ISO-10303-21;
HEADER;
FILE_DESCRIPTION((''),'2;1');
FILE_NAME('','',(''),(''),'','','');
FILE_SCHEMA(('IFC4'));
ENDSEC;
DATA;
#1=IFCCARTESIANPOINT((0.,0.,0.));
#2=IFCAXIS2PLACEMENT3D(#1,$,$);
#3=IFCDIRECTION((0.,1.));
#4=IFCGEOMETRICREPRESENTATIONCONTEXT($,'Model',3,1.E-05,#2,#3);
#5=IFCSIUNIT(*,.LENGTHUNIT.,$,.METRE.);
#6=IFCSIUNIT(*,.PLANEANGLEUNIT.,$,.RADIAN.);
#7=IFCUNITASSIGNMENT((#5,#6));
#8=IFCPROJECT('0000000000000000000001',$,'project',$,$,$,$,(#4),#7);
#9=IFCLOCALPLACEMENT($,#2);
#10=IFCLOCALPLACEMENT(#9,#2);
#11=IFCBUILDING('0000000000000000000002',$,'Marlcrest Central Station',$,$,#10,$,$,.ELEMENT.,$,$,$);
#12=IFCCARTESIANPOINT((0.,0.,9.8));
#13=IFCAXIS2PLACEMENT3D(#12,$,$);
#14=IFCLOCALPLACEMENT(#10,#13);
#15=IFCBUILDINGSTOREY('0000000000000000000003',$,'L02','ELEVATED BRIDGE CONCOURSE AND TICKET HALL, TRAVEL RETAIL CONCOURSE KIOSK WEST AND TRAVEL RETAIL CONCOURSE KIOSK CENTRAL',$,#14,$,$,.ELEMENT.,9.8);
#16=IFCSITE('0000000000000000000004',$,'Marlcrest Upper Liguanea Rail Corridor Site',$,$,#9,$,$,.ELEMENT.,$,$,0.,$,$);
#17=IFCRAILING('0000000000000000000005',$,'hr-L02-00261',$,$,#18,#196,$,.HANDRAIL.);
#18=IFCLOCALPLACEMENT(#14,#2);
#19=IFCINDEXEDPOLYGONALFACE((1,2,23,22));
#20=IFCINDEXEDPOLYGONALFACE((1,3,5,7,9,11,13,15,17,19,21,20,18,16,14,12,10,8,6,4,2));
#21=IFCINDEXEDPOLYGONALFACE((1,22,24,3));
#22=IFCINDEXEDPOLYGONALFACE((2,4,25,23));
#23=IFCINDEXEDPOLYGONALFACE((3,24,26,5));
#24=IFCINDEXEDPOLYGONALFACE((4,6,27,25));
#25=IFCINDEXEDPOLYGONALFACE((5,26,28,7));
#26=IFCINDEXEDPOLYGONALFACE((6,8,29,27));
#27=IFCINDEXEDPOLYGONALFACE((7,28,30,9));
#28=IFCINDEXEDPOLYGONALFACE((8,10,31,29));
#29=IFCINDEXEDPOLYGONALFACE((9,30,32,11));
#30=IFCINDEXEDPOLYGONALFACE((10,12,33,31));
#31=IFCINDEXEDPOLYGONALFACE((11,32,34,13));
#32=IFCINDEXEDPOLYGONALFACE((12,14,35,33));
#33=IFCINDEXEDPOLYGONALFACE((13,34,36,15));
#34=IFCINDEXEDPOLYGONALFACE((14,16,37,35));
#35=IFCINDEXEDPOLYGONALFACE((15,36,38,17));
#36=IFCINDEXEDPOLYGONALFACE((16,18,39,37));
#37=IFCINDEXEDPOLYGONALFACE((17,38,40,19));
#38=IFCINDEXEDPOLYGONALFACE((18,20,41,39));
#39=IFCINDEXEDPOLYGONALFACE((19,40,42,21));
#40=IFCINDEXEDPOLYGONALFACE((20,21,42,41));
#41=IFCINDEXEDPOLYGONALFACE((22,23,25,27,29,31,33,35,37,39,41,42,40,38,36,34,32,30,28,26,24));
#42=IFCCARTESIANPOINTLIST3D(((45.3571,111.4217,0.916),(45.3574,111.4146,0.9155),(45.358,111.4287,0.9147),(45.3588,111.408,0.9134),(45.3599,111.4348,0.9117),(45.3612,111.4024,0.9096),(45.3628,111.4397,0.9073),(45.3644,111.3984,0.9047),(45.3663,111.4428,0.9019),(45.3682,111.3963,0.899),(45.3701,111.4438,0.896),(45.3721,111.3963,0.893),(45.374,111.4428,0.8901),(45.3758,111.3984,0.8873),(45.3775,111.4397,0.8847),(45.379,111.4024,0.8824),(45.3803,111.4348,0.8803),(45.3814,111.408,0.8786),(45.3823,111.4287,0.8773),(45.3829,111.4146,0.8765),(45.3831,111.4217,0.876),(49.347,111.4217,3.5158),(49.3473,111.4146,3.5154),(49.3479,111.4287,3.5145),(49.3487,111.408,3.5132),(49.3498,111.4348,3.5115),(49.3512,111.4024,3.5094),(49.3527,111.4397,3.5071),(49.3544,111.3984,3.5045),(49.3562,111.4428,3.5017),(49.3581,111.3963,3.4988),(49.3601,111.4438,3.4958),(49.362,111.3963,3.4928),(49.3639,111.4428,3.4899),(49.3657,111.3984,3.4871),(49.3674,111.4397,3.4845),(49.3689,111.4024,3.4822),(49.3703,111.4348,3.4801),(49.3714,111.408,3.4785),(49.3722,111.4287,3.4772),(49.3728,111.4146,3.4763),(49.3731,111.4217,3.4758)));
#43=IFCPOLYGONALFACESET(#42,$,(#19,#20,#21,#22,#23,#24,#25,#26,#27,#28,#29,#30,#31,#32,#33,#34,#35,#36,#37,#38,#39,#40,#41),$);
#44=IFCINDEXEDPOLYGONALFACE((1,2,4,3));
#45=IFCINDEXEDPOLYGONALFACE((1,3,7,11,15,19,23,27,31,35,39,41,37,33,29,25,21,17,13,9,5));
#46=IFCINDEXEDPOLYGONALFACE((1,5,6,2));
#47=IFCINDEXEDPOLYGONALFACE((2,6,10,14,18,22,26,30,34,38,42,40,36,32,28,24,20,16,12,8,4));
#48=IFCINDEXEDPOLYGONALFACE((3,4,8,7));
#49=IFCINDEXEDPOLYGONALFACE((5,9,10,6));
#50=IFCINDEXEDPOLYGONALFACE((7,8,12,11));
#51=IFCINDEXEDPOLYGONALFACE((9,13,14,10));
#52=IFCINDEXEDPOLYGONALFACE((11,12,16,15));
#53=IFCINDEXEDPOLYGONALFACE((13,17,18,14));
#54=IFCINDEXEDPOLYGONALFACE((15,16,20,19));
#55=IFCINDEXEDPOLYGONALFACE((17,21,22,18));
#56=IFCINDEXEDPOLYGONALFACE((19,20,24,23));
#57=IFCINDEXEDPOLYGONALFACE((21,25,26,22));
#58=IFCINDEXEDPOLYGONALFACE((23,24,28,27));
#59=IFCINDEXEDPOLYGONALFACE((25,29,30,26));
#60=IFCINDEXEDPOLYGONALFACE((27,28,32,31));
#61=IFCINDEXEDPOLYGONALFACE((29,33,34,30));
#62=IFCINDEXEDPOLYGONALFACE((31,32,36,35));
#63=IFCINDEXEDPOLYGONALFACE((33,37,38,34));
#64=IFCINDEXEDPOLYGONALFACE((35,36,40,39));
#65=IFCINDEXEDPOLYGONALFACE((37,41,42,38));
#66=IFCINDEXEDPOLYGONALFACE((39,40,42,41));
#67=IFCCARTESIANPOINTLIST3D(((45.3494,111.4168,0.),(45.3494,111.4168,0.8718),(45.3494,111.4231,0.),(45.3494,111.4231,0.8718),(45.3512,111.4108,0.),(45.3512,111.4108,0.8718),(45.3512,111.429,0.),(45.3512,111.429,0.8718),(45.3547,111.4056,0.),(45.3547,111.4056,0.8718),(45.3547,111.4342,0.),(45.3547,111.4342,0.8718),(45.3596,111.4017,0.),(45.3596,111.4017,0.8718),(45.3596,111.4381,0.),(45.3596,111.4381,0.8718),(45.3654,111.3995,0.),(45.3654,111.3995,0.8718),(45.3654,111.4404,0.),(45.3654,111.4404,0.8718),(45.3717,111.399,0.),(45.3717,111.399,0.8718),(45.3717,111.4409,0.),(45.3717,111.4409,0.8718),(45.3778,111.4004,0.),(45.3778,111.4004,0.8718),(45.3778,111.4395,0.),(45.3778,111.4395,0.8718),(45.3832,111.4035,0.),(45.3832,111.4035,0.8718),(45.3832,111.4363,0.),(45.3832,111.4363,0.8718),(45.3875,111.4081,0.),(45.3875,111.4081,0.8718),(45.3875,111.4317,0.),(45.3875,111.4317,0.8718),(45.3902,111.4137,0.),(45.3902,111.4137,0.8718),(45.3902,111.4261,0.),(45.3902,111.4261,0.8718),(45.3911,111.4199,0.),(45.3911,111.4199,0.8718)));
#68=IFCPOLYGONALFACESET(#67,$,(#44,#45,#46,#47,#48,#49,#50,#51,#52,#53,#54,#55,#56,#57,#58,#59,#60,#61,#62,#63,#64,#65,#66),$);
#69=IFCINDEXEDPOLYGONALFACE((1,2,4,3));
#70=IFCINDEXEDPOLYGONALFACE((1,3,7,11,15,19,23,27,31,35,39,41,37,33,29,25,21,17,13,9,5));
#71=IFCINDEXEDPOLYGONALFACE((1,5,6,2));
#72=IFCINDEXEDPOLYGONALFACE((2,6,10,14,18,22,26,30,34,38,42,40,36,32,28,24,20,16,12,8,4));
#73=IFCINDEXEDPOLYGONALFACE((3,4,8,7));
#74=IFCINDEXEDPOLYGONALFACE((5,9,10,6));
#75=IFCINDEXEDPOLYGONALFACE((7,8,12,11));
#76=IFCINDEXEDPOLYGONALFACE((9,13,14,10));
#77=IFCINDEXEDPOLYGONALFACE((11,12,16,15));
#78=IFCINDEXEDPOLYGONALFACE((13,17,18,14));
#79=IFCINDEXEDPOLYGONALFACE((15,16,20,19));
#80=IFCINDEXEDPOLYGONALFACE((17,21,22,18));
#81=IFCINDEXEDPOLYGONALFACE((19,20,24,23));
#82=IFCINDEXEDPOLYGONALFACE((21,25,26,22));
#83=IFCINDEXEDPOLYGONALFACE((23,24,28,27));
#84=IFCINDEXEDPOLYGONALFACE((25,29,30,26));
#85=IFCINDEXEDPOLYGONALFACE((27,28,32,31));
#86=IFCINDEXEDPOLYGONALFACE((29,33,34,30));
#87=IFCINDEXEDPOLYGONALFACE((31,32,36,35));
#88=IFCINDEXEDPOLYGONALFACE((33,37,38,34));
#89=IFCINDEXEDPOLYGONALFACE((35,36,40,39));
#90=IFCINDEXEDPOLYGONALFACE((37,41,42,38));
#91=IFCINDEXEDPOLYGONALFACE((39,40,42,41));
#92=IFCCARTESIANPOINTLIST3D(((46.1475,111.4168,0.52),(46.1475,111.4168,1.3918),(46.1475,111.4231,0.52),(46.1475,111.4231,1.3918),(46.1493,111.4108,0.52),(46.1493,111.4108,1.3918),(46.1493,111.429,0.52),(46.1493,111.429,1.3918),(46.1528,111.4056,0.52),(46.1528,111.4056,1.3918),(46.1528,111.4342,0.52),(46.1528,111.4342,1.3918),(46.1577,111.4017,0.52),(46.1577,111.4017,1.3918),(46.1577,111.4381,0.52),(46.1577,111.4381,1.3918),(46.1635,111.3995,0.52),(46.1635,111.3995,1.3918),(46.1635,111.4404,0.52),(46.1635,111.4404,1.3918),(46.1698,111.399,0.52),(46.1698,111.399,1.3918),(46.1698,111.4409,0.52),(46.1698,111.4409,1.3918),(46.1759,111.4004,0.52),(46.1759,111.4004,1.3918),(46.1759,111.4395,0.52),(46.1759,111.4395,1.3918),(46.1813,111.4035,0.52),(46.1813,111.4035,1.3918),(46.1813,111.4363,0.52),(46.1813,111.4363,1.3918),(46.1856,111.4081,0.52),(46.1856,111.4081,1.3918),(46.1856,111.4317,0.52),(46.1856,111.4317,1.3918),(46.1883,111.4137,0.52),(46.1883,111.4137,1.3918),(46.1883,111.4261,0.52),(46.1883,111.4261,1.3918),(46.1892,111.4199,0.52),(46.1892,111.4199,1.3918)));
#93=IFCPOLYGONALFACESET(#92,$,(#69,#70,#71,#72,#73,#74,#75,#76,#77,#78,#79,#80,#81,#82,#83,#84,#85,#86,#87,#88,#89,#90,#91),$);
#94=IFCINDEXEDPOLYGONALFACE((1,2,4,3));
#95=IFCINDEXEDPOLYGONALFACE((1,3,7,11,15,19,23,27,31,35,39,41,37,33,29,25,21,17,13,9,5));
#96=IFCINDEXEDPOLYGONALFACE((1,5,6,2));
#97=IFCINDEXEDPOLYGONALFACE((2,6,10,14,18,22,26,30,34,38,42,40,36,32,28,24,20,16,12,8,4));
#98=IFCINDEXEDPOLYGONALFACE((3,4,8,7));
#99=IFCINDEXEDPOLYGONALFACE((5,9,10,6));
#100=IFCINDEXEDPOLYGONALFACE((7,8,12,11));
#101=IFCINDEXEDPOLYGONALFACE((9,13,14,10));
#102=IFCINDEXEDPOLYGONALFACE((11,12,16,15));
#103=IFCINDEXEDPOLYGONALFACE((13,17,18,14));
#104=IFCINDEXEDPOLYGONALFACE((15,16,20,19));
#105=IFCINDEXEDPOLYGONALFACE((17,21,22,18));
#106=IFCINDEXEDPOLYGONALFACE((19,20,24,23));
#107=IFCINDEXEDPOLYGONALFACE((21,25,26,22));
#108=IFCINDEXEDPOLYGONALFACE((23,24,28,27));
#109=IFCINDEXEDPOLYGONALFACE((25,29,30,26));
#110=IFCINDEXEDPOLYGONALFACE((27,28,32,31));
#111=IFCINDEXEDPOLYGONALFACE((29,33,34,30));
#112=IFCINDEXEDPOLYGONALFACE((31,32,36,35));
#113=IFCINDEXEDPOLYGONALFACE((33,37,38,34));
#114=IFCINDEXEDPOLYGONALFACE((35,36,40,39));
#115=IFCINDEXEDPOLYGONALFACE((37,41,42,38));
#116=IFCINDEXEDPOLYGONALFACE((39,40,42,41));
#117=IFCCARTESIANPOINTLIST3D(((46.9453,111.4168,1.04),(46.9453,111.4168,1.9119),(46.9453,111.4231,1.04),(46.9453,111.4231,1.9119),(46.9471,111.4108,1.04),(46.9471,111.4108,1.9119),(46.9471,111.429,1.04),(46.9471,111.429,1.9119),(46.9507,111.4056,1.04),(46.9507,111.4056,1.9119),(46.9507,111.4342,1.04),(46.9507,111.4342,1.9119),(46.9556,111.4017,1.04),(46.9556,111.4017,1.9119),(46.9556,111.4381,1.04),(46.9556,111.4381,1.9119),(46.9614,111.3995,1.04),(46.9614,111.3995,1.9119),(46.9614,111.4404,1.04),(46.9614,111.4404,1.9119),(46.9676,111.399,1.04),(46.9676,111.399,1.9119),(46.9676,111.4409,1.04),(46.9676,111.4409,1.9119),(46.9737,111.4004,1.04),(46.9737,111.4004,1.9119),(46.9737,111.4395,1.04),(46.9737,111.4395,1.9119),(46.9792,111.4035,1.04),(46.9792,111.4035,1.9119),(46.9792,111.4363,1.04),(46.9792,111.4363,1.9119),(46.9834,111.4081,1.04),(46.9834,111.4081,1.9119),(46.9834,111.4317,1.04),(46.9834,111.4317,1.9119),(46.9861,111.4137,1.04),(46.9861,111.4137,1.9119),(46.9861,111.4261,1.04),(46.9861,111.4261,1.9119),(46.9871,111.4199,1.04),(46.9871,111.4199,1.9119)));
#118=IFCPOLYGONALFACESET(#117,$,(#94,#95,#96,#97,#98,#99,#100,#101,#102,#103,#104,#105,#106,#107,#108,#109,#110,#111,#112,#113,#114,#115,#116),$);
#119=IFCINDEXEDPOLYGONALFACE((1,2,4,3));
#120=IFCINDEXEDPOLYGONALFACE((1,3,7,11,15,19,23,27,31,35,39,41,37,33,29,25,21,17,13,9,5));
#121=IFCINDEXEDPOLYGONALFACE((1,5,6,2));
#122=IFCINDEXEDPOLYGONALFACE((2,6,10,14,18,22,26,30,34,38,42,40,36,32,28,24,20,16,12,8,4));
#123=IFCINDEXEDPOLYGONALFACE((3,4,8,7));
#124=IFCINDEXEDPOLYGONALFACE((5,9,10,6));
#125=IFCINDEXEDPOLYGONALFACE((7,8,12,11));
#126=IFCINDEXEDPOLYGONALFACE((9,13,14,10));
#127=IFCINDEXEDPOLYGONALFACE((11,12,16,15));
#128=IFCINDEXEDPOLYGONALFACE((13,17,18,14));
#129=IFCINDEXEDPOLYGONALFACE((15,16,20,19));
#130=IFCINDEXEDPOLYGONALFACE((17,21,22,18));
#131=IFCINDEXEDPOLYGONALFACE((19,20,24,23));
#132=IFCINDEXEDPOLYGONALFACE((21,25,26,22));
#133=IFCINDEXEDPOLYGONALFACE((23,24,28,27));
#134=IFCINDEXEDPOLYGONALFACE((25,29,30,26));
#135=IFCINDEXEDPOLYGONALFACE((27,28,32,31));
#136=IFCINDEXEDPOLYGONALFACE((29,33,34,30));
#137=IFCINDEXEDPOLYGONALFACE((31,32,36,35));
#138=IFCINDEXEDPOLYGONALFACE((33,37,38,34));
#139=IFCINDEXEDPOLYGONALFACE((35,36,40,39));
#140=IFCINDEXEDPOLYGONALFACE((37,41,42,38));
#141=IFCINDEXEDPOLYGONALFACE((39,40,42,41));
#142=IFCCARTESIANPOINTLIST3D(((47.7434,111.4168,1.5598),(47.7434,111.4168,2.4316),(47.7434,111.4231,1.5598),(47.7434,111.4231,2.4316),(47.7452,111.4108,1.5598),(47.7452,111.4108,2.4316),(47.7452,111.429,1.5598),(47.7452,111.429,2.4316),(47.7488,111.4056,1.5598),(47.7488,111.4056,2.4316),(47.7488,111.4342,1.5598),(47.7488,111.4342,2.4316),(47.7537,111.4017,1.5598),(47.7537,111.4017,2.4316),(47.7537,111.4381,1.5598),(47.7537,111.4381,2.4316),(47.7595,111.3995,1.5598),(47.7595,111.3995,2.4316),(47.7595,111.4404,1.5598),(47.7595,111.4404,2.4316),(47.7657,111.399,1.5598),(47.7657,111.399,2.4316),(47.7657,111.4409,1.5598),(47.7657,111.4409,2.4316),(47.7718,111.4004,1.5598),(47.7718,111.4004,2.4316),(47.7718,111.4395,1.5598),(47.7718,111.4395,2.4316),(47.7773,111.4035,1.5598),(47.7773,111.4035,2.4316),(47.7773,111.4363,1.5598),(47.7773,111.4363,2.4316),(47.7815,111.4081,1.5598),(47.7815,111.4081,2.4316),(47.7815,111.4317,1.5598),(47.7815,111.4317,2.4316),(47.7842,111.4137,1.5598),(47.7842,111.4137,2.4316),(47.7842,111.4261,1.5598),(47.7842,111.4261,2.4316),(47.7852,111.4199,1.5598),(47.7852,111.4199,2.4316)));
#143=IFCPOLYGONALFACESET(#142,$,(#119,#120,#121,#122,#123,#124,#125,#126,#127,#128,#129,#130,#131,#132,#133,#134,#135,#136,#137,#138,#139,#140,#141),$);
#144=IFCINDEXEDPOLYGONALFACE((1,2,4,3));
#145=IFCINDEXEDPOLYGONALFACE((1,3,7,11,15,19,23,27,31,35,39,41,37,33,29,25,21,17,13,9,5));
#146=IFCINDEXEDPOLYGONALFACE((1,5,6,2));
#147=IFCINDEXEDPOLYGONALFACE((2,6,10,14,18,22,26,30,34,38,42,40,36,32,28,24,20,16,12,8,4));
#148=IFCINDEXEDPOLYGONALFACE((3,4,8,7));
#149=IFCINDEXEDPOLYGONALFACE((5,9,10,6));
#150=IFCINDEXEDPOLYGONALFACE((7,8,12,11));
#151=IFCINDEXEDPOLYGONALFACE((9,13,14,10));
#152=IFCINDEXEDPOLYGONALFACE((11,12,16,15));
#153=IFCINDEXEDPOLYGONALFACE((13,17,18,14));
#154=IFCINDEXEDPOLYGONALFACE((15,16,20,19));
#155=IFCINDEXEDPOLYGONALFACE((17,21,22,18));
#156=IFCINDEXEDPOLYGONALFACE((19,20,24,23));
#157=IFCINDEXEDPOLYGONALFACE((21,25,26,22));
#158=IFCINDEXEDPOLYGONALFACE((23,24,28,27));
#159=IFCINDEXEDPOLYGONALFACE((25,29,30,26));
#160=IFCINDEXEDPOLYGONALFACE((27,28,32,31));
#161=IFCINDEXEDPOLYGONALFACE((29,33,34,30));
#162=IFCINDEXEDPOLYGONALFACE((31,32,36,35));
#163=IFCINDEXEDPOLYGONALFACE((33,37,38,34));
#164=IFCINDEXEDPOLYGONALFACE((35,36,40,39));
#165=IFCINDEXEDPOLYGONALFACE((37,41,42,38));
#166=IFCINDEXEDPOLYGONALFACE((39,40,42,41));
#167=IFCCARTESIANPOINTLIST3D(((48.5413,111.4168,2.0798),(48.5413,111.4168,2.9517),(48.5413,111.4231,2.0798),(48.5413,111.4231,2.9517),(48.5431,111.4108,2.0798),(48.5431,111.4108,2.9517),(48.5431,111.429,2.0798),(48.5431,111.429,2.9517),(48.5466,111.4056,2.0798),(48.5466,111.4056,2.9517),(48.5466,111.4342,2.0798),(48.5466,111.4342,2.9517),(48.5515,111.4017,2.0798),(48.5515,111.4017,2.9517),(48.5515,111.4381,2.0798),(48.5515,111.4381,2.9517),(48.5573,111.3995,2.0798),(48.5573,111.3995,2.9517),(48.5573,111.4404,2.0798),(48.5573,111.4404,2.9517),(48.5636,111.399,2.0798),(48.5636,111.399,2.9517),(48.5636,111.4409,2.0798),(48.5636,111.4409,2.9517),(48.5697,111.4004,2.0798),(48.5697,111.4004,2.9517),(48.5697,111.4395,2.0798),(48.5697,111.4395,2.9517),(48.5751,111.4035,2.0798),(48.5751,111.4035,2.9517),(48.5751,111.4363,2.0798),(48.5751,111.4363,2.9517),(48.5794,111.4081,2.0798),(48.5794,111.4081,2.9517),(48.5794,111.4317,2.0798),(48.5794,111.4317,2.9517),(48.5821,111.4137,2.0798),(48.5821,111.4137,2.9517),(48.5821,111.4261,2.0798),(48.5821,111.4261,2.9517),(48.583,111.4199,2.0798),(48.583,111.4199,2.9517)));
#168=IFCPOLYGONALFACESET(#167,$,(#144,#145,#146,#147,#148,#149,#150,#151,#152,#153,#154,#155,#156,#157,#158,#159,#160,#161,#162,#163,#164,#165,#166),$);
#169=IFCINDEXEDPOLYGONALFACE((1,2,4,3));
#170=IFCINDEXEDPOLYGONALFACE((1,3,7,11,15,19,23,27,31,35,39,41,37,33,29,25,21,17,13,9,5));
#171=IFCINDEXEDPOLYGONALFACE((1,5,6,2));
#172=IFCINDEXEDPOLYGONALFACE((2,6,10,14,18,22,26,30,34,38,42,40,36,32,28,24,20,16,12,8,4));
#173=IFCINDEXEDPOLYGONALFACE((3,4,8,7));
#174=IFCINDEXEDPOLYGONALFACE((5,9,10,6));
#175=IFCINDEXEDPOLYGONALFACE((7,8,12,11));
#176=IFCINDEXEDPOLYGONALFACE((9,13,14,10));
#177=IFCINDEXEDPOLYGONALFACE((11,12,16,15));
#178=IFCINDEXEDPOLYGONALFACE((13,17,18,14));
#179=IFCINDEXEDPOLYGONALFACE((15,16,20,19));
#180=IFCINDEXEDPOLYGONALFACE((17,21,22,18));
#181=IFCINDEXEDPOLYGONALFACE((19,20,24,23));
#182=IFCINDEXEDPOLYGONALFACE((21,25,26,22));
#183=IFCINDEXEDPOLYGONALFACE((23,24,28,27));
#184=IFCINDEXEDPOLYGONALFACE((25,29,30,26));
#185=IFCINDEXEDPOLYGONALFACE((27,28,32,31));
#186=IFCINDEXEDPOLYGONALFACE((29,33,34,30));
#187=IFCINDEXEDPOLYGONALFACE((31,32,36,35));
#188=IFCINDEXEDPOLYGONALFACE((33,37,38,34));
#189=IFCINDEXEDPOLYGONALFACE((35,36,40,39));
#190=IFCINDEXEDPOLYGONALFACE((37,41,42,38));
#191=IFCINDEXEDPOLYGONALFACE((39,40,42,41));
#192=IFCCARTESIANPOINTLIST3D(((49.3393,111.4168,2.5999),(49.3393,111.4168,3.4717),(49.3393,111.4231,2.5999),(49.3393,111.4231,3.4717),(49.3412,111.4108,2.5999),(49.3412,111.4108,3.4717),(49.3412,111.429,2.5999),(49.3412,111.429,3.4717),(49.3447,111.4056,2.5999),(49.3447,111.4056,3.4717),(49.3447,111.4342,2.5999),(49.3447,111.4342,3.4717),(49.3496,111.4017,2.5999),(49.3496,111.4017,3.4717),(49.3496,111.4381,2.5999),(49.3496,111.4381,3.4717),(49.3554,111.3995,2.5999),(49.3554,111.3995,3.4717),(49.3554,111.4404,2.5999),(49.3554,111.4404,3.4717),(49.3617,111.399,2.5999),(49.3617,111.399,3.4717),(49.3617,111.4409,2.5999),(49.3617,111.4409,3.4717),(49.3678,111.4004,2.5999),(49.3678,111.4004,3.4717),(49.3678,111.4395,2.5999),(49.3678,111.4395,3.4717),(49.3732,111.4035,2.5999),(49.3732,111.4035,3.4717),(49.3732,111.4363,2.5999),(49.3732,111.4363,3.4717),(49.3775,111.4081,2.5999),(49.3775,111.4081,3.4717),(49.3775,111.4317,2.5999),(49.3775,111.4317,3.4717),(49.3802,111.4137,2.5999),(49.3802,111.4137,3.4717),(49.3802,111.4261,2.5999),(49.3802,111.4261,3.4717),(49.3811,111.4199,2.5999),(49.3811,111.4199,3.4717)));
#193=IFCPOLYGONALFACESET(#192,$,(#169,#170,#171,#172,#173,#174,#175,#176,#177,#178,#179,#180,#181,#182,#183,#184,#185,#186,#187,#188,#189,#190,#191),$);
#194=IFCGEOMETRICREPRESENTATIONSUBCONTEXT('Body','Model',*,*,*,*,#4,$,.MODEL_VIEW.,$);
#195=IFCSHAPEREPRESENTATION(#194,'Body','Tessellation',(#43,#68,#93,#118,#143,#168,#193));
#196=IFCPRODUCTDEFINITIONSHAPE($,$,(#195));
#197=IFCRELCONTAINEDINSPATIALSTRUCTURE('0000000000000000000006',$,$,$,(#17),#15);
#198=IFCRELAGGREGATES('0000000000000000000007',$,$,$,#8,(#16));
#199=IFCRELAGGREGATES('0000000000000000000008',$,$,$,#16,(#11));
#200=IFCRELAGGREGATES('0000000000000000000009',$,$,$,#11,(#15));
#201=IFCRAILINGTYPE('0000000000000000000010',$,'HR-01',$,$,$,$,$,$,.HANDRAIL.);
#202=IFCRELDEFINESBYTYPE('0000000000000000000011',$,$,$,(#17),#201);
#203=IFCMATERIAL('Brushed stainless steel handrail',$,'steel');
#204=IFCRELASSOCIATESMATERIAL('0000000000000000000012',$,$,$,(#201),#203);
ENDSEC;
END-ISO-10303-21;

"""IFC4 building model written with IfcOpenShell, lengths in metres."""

from ifc_helpers import new_model, si_unit, direction, frame, origin, origin_2d, place, context, subcontext, project, spatial, circle, extrude, material, type_object, element, save


model = new_model("IFC4")

# Units and contexts
model_context = context("Model", 3, precision=1e-05, world=origin(), true_north=direction((0.0, 1.0)))
body_context = subcontext(model_context, "Body", "Model", "MODEL_VIEW")
ifc_project = project(units=[si_unit("LENGTHUNIT", "METRE"), si_unit("PLANEANGLEUNIT", "RADIAN")], contexts=[model_context])

# Site, building, storey
site_placement = place(None, origin())
site = spatial("IfcSite", under=ifc_project, at=site_placement, Name="Marlcrest Upper Liguanea Rail Corridor Site", CompositionType="ELEMENT", RefElevation=0.0)
building_placement = place(site_placement, origin())
building = spatial("IfcBuilding", under=site, at=building_placement, Name="Marlcrest Central Station", CompositionType="ELEMENT")
storey_placement = place(building_placement, frame((0.0, 0.0, 9.8)))
storey = spatial("IfcBuildingStorey", under=building, at=storey_placement, Name="L02", Description="ELEVATED BRIDGE CONCOURSE AND TICKET HALL, TRAVEL RETAIL CONCOURSE KIOSK WEST AND TRAVEL RETAIL CONCOURSE KIOSK CENTRAL", CompositionType="ELEMENT", Elevation=9.8)

# Railing
ifc_material_1 = material(Name="Brushed stainless steel handrail", Category="steel")
railing_type_1 = type_object("IfcRailingType", Name="HR-01", PredefinedType="HANDRAIL", material=ifc_material_1)
railing_1_placement = place(storey_placement, frame((45.3701, 111.4199, 0.0)))
element("IfcRailing", 1, at=railing_1_placement, inside=storey, type_object=railing_type_1, Name="hr-L02-00261", PredefinedType="HANDRAIL", context=body_context, shape_type="SweptSolid", body=[
    extrude(circle(Radius=0.0239, at=origin_2d()), frame((0.0, 0.0, 0.896), z_axis=(0.837833, 0.0, 0.545927), x_axis=(0.0, 1.0, 0.0)), (0.0, 0.0, 1.0), 4.7622),
    extrude(circle(Radius=0.021, at=origin_2d()), origin(), (0.0, 0.0, 1.0), 0.8718),
    extrude(circle(Radius=0.021, at=origin_2d()), frame((0.7981, 0.0, 0.52)), (0.0, 0.0, 1.0), 0.8718),
    extrude(circle(Radius=0.021, at=origin_2d()), frame((1.5959, 0.0, 1.04)), (0.0, 0.0, 1.0), 0.8718),
    extrude(circle(Radius=0.021, at=origin_2d()), frame((2.394, 0.0, 1.5598)), (0.0, 0.0, 1.0), 0.8718),
    extrude(circle(Radius=0.021, at=origin_2d()), frame((3.1919, 0.0, 2.0798)), (0.0, 0.0, 1.0), 0.8718),
    extrude(circle(Radius=0.021, at=origin_2d()), frame((3.99, 0.0, 2.5999)), (0.0, 0.0, 1.0), 0.8718),
])

save(model, "model.ifc")
